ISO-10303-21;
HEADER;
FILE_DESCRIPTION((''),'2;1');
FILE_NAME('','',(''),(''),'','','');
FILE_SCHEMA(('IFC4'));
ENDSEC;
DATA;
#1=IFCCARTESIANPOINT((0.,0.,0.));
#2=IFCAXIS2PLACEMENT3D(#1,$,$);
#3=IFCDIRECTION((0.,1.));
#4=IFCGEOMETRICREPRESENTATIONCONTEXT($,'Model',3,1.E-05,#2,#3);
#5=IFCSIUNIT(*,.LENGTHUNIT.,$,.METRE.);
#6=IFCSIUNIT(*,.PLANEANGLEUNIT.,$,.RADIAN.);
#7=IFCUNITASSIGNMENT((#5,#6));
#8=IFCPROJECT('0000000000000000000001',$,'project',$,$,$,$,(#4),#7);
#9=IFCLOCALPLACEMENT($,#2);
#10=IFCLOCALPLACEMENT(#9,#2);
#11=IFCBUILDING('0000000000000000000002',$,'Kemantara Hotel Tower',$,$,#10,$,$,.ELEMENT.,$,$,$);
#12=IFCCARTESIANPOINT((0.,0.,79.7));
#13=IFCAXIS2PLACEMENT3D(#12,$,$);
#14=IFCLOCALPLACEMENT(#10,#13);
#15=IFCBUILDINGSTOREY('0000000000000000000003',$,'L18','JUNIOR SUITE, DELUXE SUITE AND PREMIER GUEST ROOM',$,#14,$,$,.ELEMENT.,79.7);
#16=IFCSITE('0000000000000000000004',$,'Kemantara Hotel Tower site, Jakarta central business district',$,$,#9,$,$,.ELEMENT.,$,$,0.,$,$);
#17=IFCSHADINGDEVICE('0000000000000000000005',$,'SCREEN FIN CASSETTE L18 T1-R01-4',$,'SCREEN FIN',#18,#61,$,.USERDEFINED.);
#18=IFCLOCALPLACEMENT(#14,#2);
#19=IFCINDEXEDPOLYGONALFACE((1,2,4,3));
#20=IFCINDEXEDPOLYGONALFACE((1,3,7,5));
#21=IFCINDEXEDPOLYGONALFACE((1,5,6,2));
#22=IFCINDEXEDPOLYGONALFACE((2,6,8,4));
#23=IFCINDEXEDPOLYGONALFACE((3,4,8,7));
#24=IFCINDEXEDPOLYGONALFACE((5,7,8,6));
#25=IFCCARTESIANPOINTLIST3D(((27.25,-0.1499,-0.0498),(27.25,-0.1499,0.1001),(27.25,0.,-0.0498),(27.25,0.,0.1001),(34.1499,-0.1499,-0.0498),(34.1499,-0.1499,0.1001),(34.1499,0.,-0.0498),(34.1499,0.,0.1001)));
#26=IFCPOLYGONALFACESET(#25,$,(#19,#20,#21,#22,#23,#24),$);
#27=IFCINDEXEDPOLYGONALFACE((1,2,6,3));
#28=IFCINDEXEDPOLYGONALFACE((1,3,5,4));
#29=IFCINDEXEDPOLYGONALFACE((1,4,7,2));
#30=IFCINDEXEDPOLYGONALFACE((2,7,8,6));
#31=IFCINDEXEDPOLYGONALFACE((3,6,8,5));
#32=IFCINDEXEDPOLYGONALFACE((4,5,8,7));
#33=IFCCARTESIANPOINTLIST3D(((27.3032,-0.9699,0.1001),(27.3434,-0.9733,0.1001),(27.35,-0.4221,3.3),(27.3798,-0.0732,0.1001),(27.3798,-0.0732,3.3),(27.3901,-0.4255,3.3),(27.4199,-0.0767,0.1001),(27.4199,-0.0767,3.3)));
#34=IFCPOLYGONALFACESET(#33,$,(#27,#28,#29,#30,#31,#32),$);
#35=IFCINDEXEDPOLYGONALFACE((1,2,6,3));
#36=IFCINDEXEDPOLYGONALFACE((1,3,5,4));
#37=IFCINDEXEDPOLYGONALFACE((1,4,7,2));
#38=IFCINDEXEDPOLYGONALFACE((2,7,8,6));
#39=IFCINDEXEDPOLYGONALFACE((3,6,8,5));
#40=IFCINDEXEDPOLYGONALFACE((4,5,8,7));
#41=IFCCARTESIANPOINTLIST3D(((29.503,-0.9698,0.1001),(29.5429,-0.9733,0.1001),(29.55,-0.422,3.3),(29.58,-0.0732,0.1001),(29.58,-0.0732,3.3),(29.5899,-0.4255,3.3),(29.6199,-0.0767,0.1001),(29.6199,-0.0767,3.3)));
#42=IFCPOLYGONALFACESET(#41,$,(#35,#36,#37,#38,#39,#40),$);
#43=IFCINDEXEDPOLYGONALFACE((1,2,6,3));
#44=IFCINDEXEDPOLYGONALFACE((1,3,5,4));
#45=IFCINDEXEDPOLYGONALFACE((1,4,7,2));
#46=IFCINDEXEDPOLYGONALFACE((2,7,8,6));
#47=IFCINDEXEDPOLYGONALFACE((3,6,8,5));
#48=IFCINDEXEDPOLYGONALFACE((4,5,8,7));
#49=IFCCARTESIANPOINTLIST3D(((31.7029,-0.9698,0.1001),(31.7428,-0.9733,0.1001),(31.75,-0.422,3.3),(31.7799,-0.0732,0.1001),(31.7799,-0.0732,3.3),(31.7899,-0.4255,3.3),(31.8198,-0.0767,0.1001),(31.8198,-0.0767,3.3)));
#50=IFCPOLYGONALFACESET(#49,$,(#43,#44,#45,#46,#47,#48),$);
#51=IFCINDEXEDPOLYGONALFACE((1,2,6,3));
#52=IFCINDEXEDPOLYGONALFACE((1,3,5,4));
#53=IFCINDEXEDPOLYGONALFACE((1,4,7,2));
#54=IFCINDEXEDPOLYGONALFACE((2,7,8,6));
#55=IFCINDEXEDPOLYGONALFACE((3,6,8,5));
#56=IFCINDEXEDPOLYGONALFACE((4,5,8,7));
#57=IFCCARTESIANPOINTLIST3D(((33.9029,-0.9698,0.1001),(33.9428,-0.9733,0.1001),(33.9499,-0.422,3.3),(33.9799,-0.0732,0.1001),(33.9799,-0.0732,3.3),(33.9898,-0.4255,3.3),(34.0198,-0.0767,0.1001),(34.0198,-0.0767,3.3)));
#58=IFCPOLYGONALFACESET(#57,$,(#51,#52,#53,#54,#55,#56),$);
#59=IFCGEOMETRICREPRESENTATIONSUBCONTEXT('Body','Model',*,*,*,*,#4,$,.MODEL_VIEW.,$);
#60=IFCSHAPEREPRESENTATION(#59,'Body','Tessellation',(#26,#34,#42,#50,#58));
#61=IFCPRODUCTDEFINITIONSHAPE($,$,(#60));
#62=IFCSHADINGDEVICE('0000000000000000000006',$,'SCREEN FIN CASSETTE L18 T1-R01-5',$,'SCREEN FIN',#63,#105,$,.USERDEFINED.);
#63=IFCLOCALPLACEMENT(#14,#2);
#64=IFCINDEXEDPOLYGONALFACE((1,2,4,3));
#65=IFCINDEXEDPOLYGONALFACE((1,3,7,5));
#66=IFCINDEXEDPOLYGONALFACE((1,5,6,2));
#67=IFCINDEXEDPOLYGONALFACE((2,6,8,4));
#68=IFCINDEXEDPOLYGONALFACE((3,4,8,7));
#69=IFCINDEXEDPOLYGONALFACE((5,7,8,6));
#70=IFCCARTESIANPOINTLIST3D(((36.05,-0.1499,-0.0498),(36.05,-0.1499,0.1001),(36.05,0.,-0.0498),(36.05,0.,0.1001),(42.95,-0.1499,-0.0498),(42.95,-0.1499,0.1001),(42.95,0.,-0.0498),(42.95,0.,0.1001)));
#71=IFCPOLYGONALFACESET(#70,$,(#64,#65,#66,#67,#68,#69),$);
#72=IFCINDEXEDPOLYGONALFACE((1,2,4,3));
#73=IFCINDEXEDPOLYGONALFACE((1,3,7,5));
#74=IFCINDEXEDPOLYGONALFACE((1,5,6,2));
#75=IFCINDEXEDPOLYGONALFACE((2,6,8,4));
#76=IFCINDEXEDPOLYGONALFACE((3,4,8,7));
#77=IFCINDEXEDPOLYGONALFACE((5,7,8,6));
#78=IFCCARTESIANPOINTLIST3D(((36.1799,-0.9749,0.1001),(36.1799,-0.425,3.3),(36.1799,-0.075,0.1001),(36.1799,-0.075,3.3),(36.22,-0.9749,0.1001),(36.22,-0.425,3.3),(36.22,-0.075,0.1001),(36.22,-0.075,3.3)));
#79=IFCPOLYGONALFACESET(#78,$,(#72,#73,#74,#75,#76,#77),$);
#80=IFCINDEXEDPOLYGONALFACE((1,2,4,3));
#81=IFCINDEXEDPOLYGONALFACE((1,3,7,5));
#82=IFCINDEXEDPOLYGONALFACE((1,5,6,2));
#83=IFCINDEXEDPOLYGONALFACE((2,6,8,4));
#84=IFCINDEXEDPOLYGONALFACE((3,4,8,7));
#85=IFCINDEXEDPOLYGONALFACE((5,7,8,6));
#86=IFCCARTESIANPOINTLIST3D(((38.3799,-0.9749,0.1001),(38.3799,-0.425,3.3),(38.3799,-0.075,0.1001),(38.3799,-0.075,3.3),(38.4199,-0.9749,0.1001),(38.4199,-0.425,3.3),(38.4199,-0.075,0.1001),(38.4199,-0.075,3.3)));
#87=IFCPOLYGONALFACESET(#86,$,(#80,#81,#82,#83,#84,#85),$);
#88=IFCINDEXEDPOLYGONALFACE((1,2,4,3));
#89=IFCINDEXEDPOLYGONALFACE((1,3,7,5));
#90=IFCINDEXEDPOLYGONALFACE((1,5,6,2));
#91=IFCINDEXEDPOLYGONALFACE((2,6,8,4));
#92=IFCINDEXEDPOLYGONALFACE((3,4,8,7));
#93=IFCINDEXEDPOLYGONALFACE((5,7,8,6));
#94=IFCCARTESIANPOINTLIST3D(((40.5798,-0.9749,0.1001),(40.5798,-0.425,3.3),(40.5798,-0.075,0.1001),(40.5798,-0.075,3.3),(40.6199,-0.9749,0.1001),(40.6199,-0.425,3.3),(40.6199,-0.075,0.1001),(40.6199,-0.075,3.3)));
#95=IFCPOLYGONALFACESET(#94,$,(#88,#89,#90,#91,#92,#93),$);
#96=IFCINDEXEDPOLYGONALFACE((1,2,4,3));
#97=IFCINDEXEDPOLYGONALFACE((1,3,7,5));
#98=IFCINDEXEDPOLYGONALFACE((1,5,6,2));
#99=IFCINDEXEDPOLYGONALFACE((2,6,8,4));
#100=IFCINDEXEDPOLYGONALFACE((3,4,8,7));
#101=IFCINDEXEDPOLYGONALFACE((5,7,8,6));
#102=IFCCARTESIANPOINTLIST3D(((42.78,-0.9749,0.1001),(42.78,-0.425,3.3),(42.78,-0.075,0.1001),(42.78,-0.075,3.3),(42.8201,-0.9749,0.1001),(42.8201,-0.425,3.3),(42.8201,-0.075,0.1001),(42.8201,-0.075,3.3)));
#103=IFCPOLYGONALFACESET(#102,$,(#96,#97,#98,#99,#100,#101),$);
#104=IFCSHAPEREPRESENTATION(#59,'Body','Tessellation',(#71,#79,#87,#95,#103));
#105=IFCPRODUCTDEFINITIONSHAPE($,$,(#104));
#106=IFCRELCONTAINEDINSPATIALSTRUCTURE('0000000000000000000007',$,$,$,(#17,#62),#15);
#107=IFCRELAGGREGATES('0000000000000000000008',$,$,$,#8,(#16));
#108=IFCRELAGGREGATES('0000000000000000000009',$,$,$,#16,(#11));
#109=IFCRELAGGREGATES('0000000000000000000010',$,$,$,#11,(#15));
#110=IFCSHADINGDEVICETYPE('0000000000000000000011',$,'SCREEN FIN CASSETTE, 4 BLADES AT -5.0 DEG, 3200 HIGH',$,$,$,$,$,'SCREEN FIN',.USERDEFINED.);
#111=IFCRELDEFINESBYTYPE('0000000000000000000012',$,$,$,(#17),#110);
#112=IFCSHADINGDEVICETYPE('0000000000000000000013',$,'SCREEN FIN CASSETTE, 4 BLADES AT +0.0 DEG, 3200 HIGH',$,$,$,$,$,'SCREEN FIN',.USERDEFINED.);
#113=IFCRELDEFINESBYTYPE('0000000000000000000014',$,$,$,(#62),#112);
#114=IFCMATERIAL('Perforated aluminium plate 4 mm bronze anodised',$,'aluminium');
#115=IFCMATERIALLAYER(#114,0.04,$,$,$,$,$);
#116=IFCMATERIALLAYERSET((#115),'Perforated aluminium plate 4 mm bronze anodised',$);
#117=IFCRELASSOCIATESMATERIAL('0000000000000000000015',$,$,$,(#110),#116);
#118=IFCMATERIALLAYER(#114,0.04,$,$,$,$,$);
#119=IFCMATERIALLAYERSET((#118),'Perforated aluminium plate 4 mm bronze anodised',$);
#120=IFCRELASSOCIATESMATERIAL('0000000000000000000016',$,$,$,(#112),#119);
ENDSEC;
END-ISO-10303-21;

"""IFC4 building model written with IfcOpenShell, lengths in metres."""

from ifc_helpers import new_model, si_unit, direction, frame, origin, origin_2d, place, context, subcontext, project, spatial, polyline, rectangle, outline, extrude, source, transform, mapped, material, layer, layer_set, type_object, element, save


model = new_model("IFC4")

# Units and contexts
model_context = context("Model", 3, precision=1e-05, world=origin(), true_north=direction((0.0, 1.0)))
body_context = subcontext(model_context, "Body", "Model", "MODEL_VIEW")
ifc_project = project(units=[si_unit("LENGTHUNIT", "METRE"), si_unit("PLANEANGLEUNIT", "RADIAN")], contexts=[model_context])

# Site, building, storey
site_placement = place(None, origin())
site = spatial("IfcSite", under=ifc_project, at=site_placement, Name="Kemantara Hotel Tower site, Jakarta central business district", CompositionType="ELEMENT", RefElevation=0.0)
building_placement = place(site_placement, origin())
building = spatial("IfcBuilding", under=site, at=building_placement, Name="Kemantara Hotel Tower", CompositionType="ELEMENT")
storey_placement = place(building_placement, frame((0.0, 0.0, 79.7)))
storey = spatial("IfcBuildingStorey", under=building, at=storey_placement, Name="L18", Description="JUNIOR SUITE, DELUXE SUITE AND PREMIER GUEST ROOM", CompositionType="ELEMENT", Elevation=79.7)

# Shading devices
ifc_material_1 = material(Name="Perforated aluminium plate 4 mm bronze anodised", Category="aluminium")
ifc_layer_1 = layer(ifc_material_1, 0.04)
ifc_layer_set_1 = layer_set([ifc_layer_1], Name="Perforated aluminium plate 4 mm bronze anodised")
shading_device_type_1 = type_object("IfcShadingDeviceType", Name="SCREEN FIN CASSETTE, 4 BLADES AT -5.0 DEG, 3200 HIGH", ElementType="SCREEN FIN", PredefinedType="USERDEFINED", material=ifc_layer_set_1)
shared_shape_1 = source(origin(), body_context, "Body", "SweptSolid", [
    extrude(rectangle(XDim=6.8999, YDim=0.1499, at=origin_2d()), frame((3.3, -0.075, -0.1499), z_axis=(0.0, 0.0, 1.0), x_axis=(1.0, 0.0, 0.0)), (0.0, 0.0, 1.0), 0.1499),
    extrude(outline(polyline([(0.0, 0.0), (0.8999, 0.0), (0.3501, 3.2), (0.0, 3.2), (0.0, 0.0)])), frame((0.02, -0.0767, 0.0), z_axis=(-0.996376, 0.085056, 0.0), x_axis=(-0.085056, -0.996376, 0.0)), (0.0, 0.0, 1.0), 0.0403),
    extrude(outline(polyline([(0.0, 0.0), (0.8999, 0.0), (0.3501, 3.2), (0.0, 3.2), (0.0, 0.0)])), frame((2.22, -0.0767, 0.0), z_axis=(-0.996332, 0.085575, 0.0), x_axis=(-0.085575, -0.996332, 0.0)), (0.0, 0.0, 1.0), 0.04),
    extrude(outline(polyline([(0.0, 0.0), (0.8999, 0.0), (0.3501, 3.2), (0.0, 3.2), (0.0, 0.0)])), frame((4.4199, -0.0767, 0.0), z_axis=(-0.996332, 0.085575, 0.0), x_axis=(-0.085575, -0.996332, 0.0)), (0.0, 0.0, 1.0), 0.04),
    extrude(outline(polyline([(0.0, 0.0), (0.8999, 0.0), (0.3501, 3.2), (0.0, 3.2), (0.0, 0.0)])), frame((6.6199, -0.0767, 0.0), z_axis=(-0.996332, 0.085575, 0.0), x_axis=(-0.085575, -0.996332, 0.0)), (0.0, 0.0, 1.0), 0.04),
])
shading_device_1_placement = place(storey_placement, frame((27.3999, 0.0, 0.1001), z_axis=(0.0, 0.0, 1.0), x_axis=(1.0, 0.0, 0.0)))
element("IfcShadingDevice", 1, at=shading_device_1_placement, inside=storey, type_object=shading_device_type_1, Name="SCREEN FIN CASSETTE L18 T1-R01-4", ObjectType="SCREEN FIN", PredefinedType="USERDEFINED", context=body_context, shape_type="MappedRepresentation", body=[
    mapped(shared_shape_1, transform((0.0, 0.0, 0.0))),
])
ifc_layer_2 = layer(ifc_material_1, 0.04)
ifc_layer_set_2 = layer_set([ifc_layer_2], Name="Perforated aluminium plate 4 mm bronze anodised")
shading_device_type_2 = type_object("IfcShadingDeviceType", Name="SCREEN FIN CASSETTE, 4 BLADES AT +0.0 DEG, 3200 HIGH", ElementType="SCREEN FIN", PredefinedType="USERDEFINED", material=ifc_layer_set_2)
shared_shape_2 = source(origin(), body_context, "Body", "SweptSolid", [
    extrude(rectangle(XDim=6.8999, YDim=0.1499, at=origin_2d()), frame((3.3, -0.075, -0.1499), z_axis=(0.0, 0.0, 1.0), x_axis=(1.0, 0.0, 0.0)), (0.0, 0.0, 1.0), 0.1499),
    extrude(outline(polyline([(0.0, 0.0), (0.8999, 0.0), (0.3501, 3.2), (0.0, 3.2), (0.0, 0.0)])), frame((0.02, -0.075, 0.0), z_axis=(-1.0, 0.0, 0.0), x_axis=(0.0, -1.0, 0.0)), (0.0, 0.0, 1.0), 0.04),
    extrude(outline(polyline([(0.0, 0.0), (0.8999, 0.0), (0.3501, 3.2), (0.0, 3.2), (0.0, 0.0)])), frame((2.22, -0.075, 0.0), z_axis=(-1.0, 0.0, 0.0), x_axis=(0.0, -1.0, 0.0)), (0.0, 0.0, 1.0), 0.04),
    extrude(outline(polyline([(0.0, 0.0), (0.8999, 0.0), (0.3501, 3.2), (0.0, 3.2), (0.0, 0.0)])), frame((4.4199, -0.075, 0.0), z_axis=(-1.0, 0.0, 0.0), x_axis=(0.0, -1.0, 0.0)), (0.0, 0.0, 1.0), 0.04),
    extrude(outline(polyline([(0.0, 0.0), (0.8999, 0.0), (0.3501, 3.2), (0.0, 3.2), (0.0, 0.0)])), frame((6.6201, -0.075, 0.0), z_axis=(-1.0, 0.0, 0.0), x_axis=(0.0, -1.0, 0.0)), (0.0, 0.0, 1.0), 0.04),
])
shading_device_2_placement = place(storey_placement, frame((36.2, 0.0, 0.1001), z_axis=(0.0, 0.0, 1.0), x_axis=(1.0, 0.0, 0.0)))
element("IfcShadingDevice", 2, at=shading_device_2_placement, inside=storey, type_object=shading_device_type_2, Name="SCREEN FIN CASSETTE L18 T1-R01-5", ObjectType="SCREEN FIN", PredefinedType="USERDEFINED", context=body_context, shape_type="MappedRepresentation", body=[
    mapped(shared_shape_2, transform((0.0, 0.0, 0.0))),
])

save(model, "model.ifc")
